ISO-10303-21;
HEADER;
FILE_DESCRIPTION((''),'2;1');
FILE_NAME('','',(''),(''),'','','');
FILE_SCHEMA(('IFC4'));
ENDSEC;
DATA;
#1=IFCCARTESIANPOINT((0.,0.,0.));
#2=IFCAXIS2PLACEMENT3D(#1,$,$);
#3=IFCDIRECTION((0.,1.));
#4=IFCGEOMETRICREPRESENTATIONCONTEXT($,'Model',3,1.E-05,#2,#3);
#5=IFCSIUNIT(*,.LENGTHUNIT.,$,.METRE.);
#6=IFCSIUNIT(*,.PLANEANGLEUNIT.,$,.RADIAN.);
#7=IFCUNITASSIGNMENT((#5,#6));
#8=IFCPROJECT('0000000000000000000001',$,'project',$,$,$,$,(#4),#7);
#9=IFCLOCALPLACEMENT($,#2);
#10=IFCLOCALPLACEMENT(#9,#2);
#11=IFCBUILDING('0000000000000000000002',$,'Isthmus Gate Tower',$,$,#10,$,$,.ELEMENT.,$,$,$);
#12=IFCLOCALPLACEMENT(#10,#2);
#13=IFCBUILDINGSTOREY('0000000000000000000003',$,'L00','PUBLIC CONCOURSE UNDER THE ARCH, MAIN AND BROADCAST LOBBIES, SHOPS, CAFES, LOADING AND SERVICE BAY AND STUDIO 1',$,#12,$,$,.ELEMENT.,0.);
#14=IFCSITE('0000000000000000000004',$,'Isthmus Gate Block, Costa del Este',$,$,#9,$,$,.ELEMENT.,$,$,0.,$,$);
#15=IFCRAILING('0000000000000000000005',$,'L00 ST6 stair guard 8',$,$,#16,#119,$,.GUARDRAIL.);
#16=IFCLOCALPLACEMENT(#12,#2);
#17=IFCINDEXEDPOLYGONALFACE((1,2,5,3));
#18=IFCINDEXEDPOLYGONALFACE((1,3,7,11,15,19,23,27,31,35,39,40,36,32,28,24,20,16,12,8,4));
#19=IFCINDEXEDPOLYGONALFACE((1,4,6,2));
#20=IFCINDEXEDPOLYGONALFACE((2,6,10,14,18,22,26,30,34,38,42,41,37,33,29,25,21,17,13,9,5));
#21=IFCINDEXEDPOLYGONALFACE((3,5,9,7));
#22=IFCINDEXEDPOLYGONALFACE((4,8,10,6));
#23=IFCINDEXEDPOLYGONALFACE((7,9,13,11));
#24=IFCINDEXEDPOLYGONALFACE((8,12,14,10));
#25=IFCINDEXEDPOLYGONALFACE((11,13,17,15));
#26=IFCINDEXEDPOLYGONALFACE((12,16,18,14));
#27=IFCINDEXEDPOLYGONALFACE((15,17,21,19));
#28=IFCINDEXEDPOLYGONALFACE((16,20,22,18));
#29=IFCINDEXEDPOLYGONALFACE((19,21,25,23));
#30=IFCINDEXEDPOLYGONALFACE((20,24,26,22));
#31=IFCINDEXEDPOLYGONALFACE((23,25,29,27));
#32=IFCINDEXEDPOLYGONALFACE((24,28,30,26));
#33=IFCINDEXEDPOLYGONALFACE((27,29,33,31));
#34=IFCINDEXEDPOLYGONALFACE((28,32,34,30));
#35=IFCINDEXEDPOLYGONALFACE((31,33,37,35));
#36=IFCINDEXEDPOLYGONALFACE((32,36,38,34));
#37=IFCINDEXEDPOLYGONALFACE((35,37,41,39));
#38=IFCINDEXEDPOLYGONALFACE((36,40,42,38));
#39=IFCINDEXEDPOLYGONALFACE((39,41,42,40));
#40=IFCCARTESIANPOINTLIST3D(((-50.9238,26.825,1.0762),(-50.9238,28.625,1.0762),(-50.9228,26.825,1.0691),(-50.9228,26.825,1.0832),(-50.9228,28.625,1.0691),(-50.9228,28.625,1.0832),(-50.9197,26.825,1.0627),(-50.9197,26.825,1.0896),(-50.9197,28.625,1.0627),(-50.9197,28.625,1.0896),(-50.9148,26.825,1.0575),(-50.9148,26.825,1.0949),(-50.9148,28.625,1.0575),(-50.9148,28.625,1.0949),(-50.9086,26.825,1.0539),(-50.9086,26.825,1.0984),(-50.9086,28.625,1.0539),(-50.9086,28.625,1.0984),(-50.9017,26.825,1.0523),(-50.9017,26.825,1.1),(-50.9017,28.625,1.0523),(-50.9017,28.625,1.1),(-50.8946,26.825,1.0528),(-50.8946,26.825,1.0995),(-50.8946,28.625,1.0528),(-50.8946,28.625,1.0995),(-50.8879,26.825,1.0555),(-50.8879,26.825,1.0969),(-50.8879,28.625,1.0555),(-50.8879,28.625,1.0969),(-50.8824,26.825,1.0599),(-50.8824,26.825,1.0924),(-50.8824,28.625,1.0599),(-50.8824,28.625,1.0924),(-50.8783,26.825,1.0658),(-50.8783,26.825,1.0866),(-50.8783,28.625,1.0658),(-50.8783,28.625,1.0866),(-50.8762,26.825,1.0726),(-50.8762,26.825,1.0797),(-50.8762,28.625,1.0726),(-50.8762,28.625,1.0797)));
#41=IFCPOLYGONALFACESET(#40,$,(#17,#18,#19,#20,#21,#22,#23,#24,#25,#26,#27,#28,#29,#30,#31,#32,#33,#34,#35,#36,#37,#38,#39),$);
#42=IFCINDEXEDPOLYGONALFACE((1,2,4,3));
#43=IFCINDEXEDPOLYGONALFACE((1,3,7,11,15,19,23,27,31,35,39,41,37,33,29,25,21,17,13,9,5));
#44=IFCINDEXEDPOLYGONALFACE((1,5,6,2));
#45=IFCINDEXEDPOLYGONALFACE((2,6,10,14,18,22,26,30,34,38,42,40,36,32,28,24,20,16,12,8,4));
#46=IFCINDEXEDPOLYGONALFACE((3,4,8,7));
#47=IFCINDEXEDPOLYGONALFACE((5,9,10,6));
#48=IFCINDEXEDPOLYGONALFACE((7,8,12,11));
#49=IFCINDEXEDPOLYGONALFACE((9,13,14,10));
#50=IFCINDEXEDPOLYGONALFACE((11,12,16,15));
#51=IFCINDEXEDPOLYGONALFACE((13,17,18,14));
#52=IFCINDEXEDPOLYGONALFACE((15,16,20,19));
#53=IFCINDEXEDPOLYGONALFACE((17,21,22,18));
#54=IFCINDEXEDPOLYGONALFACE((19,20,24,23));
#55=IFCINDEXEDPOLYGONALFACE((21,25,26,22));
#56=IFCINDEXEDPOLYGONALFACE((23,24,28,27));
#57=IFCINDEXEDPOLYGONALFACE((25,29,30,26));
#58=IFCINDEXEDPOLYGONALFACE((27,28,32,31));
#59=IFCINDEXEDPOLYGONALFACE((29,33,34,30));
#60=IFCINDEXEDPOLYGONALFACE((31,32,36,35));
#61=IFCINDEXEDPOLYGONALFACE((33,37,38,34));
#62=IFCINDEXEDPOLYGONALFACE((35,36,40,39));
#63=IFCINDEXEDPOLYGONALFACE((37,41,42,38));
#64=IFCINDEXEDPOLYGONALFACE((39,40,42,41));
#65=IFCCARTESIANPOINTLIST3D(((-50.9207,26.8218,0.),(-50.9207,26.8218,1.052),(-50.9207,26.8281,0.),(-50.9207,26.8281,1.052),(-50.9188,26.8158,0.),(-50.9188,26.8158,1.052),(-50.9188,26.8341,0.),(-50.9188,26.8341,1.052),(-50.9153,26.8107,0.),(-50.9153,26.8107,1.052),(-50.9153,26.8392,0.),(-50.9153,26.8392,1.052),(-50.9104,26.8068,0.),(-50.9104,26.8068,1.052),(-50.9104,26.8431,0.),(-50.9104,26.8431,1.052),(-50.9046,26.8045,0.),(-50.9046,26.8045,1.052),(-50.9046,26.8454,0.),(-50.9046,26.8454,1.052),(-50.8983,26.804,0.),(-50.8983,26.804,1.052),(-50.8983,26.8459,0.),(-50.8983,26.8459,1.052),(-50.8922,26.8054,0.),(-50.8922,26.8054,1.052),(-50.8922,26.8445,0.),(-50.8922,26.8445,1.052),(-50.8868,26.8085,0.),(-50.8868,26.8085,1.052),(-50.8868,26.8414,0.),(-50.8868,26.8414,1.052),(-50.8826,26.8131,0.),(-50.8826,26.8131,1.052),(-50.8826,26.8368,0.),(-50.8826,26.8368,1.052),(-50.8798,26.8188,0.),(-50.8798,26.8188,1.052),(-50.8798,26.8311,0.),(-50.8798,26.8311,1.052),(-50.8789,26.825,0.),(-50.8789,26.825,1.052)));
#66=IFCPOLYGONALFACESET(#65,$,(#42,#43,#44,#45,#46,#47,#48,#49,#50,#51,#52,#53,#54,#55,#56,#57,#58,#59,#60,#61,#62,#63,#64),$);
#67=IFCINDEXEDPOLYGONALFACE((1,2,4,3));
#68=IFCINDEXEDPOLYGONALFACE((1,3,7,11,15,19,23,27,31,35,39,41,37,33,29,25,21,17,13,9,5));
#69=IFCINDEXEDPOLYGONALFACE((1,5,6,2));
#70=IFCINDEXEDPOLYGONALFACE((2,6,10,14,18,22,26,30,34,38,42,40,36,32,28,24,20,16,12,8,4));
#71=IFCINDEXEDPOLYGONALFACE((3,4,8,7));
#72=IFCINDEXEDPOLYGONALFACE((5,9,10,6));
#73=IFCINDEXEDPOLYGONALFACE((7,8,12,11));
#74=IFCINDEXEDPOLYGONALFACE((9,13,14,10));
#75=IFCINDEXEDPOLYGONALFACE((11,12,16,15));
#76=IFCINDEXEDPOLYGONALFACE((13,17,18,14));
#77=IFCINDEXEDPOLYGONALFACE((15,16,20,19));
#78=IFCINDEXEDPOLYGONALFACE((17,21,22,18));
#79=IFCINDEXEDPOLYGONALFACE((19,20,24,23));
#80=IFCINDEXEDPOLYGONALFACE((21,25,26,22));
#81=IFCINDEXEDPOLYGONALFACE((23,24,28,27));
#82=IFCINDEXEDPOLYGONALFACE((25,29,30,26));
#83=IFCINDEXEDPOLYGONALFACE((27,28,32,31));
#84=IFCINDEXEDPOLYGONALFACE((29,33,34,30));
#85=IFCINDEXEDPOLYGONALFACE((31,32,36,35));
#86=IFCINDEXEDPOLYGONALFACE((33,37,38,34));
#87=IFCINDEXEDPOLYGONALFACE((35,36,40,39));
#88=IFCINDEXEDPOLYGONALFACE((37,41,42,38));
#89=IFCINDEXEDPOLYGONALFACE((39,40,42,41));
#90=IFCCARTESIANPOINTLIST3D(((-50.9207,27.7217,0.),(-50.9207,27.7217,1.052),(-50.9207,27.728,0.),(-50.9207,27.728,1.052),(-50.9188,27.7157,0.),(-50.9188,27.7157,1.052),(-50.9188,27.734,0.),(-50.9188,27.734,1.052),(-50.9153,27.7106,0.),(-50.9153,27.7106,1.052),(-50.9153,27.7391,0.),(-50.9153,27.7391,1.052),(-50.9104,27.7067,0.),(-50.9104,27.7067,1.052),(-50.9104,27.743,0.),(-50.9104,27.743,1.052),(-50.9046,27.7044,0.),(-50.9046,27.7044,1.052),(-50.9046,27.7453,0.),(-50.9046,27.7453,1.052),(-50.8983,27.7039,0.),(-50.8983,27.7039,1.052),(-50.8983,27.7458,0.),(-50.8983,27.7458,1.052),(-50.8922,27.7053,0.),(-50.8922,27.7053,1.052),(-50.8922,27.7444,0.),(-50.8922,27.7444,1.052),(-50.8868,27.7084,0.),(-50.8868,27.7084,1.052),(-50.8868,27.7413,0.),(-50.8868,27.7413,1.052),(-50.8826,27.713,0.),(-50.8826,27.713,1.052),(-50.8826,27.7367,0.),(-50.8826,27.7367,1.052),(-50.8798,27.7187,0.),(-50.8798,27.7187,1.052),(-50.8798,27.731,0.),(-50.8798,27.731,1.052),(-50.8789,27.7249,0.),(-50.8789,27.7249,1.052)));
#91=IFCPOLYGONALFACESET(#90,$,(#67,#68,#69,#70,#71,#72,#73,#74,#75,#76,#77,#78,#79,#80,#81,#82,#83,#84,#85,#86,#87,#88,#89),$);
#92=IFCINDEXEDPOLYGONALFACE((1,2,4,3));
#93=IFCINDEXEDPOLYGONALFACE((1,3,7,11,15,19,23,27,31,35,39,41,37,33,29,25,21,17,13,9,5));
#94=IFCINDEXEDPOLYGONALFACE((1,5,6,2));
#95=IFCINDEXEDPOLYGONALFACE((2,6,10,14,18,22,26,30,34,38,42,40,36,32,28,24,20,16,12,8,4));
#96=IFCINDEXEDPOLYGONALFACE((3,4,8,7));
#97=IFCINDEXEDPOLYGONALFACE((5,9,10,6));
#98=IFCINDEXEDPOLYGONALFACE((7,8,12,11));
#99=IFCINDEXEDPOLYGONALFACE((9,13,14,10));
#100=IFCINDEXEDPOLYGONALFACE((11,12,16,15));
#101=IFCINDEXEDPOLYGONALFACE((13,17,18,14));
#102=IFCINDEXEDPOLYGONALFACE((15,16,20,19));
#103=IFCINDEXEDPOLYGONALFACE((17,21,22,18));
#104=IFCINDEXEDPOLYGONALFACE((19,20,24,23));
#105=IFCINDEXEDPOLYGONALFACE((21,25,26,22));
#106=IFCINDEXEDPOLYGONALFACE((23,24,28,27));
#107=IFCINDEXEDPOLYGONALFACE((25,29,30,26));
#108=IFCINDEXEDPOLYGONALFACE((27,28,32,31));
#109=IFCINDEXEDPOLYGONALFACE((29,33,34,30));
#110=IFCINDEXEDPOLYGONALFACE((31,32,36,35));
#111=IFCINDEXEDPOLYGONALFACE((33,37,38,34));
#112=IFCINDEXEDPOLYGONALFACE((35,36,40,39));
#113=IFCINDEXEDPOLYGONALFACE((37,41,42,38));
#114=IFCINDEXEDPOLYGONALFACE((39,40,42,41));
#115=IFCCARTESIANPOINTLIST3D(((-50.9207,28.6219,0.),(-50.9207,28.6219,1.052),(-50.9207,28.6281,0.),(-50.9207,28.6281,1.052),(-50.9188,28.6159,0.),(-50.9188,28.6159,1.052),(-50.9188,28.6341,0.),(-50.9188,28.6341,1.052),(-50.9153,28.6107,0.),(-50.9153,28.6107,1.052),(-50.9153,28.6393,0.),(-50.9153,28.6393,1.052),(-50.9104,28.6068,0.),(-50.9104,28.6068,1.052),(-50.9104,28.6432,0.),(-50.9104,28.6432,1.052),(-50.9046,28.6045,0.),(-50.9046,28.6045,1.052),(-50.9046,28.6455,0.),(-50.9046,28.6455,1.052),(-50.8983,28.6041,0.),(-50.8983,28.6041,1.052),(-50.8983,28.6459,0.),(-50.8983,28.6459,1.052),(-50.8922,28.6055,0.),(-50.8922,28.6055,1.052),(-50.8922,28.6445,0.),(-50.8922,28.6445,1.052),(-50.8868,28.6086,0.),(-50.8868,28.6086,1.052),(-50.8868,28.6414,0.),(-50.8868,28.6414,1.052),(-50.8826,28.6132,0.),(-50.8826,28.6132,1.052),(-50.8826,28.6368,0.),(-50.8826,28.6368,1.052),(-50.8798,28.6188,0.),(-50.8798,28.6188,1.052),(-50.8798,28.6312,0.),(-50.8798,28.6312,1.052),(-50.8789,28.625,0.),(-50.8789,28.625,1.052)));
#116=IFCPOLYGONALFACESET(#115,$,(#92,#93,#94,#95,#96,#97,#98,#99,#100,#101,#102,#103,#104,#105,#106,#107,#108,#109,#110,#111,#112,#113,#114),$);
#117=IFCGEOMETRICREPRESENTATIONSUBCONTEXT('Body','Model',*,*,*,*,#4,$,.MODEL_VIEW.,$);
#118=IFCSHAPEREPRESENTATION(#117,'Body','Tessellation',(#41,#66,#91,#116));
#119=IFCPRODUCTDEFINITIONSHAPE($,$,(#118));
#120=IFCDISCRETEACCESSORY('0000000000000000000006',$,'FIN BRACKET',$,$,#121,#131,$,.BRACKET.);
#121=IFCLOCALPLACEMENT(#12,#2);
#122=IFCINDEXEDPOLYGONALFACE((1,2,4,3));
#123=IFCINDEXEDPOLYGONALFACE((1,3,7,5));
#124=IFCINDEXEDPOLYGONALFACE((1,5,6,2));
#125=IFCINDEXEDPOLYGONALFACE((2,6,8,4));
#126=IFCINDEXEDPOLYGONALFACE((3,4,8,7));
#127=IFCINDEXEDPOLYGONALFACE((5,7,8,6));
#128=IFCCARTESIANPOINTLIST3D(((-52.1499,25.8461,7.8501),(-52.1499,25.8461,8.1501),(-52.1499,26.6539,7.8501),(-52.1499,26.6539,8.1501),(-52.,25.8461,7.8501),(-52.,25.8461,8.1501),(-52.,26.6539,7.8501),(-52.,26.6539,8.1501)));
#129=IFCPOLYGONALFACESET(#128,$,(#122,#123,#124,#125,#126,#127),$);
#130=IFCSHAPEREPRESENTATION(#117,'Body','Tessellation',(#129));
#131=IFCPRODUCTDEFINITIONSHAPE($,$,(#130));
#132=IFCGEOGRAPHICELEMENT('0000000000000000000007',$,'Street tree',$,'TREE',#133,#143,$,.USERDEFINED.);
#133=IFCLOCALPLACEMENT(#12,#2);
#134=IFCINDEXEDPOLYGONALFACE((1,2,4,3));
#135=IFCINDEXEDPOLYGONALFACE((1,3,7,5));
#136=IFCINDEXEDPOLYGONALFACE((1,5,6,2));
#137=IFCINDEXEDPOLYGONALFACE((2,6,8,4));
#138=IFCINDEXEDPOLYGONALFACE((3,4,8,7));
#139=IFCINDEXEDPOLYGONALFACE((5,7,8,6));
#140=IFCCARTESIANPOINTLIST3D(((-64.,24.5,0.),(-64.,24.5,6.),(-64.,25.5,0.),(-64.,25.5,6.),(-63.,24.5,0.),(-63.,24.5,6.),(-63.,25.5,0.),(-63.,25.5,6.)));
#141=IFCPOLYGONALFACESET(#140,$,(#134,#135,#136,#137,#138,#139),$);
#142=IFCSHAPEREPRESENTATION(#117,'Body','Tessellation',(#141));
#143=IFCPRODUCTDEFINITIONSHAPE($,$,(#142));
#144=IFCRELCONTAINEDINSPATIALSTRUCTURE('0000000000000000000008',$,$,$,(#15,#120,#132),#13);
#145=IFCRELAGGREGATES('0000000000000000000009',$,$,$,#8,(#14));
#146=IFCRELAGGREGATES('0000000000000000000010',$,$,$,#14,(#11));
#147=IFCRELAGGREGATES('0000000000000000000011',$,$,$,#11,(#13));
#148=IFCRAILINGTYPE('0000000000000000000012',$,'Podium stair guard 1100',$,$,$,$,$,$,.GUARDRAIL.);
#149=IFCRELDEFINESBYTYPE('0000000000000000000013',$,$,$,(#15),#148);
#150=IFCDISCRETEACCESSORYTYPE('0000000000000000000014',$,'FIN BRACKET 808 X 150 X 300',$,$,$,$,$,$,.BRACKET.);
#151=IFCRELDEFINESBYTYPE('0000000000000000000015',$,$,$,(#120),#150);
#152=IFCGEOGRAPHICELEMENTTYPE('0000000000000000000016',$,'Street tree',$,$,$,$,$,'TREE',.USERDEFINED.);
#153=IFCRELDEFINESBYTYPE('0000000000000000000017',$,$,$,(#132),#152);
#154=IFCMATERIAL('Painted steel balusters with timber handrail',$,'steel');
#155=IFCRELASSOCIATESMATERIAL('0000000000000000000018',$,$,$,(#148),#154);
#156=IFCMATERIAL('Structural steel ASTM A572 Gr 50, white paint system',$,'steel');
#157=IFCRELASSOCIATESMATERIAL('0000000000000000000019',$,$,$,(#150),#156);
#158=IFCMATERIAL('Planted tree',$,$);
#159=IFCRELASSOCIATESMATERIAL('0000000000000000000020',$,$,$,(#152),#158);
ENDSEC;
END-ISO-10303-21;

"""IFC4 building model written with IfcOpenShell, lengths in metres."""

from ifc_helpers import new_model, si_unit, direction, frame, origin, origin_2d, place, context, subcontext, project, spatial, rectangle, circle, extrude, material, type_object, element, save


model = new_model("IFC4")

# Units and contexts
model_context = context("Model", 3, precision=1e-05, world=origin(), true_north=direction((0.0, 1.0)))
body_context = subcontext(model_context, "Body", "Model", "MODEL_VIEW")
ifc_project = project(units=[si_unit("LENGTHUNIT", "METRE"), si_unit("PLANEANGLEUNIT", "RADIAN")], contexts=[model_context])

# Site, building, storey
site_placement = place(None, origin())
site = spatial("IfcSite", under=ifc_project, at=site_placement, Name="Isthmus Gate Block, Costa del Este", CompositionType="ELEMENT", RefElevation=0.0)
building_placement = place(site_placement, origin())
building = spatial("IfcBuilding", under=site, at=building_placement, Name="Isthmus Gate Tower", CompositionType="ELEMENT")
storey_placement = place(building_placement, origin())
storey = spatial("IfcBuildingStorey", under=building, at=storey_placement, Name="L00", Description="PUBLIC CONCOURSE UNDER THE ARCH, MAIN AND BROADCAST LOBBIES, SHOPS, CAFES, LOADING AND SERVICE BAY AND STUDIO 1", CompositionType="ELEMENT", Elevation=0.0)

# Railing
ifc_material_1 = material(Name="Painted steel balusters with timber handrail", Category="steel")
railing_type = type_object("IfcRailingType", Name="Podium stair guard 1100", PredefinedType="GUARDRAIL", material=ifc_material_1)
for number, where, name in (
    (1, (-50.8999, 26.825, 0.0), "L00 ST6 stair guard 8"),
):
    element("IfcRailing", number, at=place(storey_placement, frame(where)), inside=storey, type_object=railing_type, Name=name, PredefinedType="GUARDRAIL", context=body_context, shape_type="SweptSolid", body=[
        extrude(circle(Radius=0.0239, at=origin_2d()), frame((0.0, 0.0, 1.0762), z_axis=(0.0, 1.0, 0.0), x_axis=(-1.0, 0.0, 0.0)), (0.0, 0.0, 1.0), 1.8),
        extrude(circle(Radius=0.021, at=origin_2d()), origin(), (0.0, 0.0, 1.0), 1.052),
        extrude(circle(Radius=0.021, at=origin_2d()), frame((0.0, 0.8999, 0.0)), (0.0, 0.0, 1.0), 1.052),
        extrude(circle(Radius=0.021, at=origin_2d()), frame((0.0, 1.8, 0.0)), (0.0, 0.0, 1.0), 1.052),
    ])

# Discrete accessory
ifc_material_2 = material(Name="Structural steel ASTM A572 Gr 50, white paint system", Category="steel")
discrete_accessory_type = type_object("IfcDiscreteAccessoryType", Name="FIN BRACKET 808 X 150 X 300", PredefinedType="BRACKET", material=ifc_material_2)
discrete_accessory_placement = place(storey_placement, frame((-52.075, 26.25, 7.8501), z_axis=(0.0, 0.0, 1.0), x_axis=(-1.0, 0.0, 0.0)))
element("IfcDiscreteAccessory", 2, at=discrete_accessory_placement, inside=storey, type_object=discrete_accessory_type, Name="FIN BRACKET", PredefinedType="BRACKET", context=body_context, shape_type="SweptSolid", body=[
    extrude(rectangle(XDim=0.1499, YDim=0.8079, at=origin_2d()), origin(), (0.0, 0.0, 1.0), 0.3),
])

# Geographic element
ifc_material_3 = material(Name="Planted tree")
geographic_element_type = type_object("IfcGeographicElementType", Name="Street tree", ElementType="TREE", PredefinedType="USERDEFINED", material=ifc_material_3)
geographic_element_placement = place(storey_placement, frame((-63.5, 25.0, 0.0), z_axis=(0.0, 0.0, 1.0), x_axis=(1.0, 0.0, 0.0)))
element("IfcGeographicElement", 3, at=geographic_element_placement, inside=storey, type_object=geographic_element_type, Name="Street tree", ObjectType="TREE", PredefinedType="USERDEFINED", context=body_context, shape_type="SweptSolid", body=[
    extrude(rectangle(XDim=1.0, YDim=1.0, at=origin_2d()), origin(), (0.0, 0.0, 1.0), 6.0),
])

save(model, "model.ifc")
